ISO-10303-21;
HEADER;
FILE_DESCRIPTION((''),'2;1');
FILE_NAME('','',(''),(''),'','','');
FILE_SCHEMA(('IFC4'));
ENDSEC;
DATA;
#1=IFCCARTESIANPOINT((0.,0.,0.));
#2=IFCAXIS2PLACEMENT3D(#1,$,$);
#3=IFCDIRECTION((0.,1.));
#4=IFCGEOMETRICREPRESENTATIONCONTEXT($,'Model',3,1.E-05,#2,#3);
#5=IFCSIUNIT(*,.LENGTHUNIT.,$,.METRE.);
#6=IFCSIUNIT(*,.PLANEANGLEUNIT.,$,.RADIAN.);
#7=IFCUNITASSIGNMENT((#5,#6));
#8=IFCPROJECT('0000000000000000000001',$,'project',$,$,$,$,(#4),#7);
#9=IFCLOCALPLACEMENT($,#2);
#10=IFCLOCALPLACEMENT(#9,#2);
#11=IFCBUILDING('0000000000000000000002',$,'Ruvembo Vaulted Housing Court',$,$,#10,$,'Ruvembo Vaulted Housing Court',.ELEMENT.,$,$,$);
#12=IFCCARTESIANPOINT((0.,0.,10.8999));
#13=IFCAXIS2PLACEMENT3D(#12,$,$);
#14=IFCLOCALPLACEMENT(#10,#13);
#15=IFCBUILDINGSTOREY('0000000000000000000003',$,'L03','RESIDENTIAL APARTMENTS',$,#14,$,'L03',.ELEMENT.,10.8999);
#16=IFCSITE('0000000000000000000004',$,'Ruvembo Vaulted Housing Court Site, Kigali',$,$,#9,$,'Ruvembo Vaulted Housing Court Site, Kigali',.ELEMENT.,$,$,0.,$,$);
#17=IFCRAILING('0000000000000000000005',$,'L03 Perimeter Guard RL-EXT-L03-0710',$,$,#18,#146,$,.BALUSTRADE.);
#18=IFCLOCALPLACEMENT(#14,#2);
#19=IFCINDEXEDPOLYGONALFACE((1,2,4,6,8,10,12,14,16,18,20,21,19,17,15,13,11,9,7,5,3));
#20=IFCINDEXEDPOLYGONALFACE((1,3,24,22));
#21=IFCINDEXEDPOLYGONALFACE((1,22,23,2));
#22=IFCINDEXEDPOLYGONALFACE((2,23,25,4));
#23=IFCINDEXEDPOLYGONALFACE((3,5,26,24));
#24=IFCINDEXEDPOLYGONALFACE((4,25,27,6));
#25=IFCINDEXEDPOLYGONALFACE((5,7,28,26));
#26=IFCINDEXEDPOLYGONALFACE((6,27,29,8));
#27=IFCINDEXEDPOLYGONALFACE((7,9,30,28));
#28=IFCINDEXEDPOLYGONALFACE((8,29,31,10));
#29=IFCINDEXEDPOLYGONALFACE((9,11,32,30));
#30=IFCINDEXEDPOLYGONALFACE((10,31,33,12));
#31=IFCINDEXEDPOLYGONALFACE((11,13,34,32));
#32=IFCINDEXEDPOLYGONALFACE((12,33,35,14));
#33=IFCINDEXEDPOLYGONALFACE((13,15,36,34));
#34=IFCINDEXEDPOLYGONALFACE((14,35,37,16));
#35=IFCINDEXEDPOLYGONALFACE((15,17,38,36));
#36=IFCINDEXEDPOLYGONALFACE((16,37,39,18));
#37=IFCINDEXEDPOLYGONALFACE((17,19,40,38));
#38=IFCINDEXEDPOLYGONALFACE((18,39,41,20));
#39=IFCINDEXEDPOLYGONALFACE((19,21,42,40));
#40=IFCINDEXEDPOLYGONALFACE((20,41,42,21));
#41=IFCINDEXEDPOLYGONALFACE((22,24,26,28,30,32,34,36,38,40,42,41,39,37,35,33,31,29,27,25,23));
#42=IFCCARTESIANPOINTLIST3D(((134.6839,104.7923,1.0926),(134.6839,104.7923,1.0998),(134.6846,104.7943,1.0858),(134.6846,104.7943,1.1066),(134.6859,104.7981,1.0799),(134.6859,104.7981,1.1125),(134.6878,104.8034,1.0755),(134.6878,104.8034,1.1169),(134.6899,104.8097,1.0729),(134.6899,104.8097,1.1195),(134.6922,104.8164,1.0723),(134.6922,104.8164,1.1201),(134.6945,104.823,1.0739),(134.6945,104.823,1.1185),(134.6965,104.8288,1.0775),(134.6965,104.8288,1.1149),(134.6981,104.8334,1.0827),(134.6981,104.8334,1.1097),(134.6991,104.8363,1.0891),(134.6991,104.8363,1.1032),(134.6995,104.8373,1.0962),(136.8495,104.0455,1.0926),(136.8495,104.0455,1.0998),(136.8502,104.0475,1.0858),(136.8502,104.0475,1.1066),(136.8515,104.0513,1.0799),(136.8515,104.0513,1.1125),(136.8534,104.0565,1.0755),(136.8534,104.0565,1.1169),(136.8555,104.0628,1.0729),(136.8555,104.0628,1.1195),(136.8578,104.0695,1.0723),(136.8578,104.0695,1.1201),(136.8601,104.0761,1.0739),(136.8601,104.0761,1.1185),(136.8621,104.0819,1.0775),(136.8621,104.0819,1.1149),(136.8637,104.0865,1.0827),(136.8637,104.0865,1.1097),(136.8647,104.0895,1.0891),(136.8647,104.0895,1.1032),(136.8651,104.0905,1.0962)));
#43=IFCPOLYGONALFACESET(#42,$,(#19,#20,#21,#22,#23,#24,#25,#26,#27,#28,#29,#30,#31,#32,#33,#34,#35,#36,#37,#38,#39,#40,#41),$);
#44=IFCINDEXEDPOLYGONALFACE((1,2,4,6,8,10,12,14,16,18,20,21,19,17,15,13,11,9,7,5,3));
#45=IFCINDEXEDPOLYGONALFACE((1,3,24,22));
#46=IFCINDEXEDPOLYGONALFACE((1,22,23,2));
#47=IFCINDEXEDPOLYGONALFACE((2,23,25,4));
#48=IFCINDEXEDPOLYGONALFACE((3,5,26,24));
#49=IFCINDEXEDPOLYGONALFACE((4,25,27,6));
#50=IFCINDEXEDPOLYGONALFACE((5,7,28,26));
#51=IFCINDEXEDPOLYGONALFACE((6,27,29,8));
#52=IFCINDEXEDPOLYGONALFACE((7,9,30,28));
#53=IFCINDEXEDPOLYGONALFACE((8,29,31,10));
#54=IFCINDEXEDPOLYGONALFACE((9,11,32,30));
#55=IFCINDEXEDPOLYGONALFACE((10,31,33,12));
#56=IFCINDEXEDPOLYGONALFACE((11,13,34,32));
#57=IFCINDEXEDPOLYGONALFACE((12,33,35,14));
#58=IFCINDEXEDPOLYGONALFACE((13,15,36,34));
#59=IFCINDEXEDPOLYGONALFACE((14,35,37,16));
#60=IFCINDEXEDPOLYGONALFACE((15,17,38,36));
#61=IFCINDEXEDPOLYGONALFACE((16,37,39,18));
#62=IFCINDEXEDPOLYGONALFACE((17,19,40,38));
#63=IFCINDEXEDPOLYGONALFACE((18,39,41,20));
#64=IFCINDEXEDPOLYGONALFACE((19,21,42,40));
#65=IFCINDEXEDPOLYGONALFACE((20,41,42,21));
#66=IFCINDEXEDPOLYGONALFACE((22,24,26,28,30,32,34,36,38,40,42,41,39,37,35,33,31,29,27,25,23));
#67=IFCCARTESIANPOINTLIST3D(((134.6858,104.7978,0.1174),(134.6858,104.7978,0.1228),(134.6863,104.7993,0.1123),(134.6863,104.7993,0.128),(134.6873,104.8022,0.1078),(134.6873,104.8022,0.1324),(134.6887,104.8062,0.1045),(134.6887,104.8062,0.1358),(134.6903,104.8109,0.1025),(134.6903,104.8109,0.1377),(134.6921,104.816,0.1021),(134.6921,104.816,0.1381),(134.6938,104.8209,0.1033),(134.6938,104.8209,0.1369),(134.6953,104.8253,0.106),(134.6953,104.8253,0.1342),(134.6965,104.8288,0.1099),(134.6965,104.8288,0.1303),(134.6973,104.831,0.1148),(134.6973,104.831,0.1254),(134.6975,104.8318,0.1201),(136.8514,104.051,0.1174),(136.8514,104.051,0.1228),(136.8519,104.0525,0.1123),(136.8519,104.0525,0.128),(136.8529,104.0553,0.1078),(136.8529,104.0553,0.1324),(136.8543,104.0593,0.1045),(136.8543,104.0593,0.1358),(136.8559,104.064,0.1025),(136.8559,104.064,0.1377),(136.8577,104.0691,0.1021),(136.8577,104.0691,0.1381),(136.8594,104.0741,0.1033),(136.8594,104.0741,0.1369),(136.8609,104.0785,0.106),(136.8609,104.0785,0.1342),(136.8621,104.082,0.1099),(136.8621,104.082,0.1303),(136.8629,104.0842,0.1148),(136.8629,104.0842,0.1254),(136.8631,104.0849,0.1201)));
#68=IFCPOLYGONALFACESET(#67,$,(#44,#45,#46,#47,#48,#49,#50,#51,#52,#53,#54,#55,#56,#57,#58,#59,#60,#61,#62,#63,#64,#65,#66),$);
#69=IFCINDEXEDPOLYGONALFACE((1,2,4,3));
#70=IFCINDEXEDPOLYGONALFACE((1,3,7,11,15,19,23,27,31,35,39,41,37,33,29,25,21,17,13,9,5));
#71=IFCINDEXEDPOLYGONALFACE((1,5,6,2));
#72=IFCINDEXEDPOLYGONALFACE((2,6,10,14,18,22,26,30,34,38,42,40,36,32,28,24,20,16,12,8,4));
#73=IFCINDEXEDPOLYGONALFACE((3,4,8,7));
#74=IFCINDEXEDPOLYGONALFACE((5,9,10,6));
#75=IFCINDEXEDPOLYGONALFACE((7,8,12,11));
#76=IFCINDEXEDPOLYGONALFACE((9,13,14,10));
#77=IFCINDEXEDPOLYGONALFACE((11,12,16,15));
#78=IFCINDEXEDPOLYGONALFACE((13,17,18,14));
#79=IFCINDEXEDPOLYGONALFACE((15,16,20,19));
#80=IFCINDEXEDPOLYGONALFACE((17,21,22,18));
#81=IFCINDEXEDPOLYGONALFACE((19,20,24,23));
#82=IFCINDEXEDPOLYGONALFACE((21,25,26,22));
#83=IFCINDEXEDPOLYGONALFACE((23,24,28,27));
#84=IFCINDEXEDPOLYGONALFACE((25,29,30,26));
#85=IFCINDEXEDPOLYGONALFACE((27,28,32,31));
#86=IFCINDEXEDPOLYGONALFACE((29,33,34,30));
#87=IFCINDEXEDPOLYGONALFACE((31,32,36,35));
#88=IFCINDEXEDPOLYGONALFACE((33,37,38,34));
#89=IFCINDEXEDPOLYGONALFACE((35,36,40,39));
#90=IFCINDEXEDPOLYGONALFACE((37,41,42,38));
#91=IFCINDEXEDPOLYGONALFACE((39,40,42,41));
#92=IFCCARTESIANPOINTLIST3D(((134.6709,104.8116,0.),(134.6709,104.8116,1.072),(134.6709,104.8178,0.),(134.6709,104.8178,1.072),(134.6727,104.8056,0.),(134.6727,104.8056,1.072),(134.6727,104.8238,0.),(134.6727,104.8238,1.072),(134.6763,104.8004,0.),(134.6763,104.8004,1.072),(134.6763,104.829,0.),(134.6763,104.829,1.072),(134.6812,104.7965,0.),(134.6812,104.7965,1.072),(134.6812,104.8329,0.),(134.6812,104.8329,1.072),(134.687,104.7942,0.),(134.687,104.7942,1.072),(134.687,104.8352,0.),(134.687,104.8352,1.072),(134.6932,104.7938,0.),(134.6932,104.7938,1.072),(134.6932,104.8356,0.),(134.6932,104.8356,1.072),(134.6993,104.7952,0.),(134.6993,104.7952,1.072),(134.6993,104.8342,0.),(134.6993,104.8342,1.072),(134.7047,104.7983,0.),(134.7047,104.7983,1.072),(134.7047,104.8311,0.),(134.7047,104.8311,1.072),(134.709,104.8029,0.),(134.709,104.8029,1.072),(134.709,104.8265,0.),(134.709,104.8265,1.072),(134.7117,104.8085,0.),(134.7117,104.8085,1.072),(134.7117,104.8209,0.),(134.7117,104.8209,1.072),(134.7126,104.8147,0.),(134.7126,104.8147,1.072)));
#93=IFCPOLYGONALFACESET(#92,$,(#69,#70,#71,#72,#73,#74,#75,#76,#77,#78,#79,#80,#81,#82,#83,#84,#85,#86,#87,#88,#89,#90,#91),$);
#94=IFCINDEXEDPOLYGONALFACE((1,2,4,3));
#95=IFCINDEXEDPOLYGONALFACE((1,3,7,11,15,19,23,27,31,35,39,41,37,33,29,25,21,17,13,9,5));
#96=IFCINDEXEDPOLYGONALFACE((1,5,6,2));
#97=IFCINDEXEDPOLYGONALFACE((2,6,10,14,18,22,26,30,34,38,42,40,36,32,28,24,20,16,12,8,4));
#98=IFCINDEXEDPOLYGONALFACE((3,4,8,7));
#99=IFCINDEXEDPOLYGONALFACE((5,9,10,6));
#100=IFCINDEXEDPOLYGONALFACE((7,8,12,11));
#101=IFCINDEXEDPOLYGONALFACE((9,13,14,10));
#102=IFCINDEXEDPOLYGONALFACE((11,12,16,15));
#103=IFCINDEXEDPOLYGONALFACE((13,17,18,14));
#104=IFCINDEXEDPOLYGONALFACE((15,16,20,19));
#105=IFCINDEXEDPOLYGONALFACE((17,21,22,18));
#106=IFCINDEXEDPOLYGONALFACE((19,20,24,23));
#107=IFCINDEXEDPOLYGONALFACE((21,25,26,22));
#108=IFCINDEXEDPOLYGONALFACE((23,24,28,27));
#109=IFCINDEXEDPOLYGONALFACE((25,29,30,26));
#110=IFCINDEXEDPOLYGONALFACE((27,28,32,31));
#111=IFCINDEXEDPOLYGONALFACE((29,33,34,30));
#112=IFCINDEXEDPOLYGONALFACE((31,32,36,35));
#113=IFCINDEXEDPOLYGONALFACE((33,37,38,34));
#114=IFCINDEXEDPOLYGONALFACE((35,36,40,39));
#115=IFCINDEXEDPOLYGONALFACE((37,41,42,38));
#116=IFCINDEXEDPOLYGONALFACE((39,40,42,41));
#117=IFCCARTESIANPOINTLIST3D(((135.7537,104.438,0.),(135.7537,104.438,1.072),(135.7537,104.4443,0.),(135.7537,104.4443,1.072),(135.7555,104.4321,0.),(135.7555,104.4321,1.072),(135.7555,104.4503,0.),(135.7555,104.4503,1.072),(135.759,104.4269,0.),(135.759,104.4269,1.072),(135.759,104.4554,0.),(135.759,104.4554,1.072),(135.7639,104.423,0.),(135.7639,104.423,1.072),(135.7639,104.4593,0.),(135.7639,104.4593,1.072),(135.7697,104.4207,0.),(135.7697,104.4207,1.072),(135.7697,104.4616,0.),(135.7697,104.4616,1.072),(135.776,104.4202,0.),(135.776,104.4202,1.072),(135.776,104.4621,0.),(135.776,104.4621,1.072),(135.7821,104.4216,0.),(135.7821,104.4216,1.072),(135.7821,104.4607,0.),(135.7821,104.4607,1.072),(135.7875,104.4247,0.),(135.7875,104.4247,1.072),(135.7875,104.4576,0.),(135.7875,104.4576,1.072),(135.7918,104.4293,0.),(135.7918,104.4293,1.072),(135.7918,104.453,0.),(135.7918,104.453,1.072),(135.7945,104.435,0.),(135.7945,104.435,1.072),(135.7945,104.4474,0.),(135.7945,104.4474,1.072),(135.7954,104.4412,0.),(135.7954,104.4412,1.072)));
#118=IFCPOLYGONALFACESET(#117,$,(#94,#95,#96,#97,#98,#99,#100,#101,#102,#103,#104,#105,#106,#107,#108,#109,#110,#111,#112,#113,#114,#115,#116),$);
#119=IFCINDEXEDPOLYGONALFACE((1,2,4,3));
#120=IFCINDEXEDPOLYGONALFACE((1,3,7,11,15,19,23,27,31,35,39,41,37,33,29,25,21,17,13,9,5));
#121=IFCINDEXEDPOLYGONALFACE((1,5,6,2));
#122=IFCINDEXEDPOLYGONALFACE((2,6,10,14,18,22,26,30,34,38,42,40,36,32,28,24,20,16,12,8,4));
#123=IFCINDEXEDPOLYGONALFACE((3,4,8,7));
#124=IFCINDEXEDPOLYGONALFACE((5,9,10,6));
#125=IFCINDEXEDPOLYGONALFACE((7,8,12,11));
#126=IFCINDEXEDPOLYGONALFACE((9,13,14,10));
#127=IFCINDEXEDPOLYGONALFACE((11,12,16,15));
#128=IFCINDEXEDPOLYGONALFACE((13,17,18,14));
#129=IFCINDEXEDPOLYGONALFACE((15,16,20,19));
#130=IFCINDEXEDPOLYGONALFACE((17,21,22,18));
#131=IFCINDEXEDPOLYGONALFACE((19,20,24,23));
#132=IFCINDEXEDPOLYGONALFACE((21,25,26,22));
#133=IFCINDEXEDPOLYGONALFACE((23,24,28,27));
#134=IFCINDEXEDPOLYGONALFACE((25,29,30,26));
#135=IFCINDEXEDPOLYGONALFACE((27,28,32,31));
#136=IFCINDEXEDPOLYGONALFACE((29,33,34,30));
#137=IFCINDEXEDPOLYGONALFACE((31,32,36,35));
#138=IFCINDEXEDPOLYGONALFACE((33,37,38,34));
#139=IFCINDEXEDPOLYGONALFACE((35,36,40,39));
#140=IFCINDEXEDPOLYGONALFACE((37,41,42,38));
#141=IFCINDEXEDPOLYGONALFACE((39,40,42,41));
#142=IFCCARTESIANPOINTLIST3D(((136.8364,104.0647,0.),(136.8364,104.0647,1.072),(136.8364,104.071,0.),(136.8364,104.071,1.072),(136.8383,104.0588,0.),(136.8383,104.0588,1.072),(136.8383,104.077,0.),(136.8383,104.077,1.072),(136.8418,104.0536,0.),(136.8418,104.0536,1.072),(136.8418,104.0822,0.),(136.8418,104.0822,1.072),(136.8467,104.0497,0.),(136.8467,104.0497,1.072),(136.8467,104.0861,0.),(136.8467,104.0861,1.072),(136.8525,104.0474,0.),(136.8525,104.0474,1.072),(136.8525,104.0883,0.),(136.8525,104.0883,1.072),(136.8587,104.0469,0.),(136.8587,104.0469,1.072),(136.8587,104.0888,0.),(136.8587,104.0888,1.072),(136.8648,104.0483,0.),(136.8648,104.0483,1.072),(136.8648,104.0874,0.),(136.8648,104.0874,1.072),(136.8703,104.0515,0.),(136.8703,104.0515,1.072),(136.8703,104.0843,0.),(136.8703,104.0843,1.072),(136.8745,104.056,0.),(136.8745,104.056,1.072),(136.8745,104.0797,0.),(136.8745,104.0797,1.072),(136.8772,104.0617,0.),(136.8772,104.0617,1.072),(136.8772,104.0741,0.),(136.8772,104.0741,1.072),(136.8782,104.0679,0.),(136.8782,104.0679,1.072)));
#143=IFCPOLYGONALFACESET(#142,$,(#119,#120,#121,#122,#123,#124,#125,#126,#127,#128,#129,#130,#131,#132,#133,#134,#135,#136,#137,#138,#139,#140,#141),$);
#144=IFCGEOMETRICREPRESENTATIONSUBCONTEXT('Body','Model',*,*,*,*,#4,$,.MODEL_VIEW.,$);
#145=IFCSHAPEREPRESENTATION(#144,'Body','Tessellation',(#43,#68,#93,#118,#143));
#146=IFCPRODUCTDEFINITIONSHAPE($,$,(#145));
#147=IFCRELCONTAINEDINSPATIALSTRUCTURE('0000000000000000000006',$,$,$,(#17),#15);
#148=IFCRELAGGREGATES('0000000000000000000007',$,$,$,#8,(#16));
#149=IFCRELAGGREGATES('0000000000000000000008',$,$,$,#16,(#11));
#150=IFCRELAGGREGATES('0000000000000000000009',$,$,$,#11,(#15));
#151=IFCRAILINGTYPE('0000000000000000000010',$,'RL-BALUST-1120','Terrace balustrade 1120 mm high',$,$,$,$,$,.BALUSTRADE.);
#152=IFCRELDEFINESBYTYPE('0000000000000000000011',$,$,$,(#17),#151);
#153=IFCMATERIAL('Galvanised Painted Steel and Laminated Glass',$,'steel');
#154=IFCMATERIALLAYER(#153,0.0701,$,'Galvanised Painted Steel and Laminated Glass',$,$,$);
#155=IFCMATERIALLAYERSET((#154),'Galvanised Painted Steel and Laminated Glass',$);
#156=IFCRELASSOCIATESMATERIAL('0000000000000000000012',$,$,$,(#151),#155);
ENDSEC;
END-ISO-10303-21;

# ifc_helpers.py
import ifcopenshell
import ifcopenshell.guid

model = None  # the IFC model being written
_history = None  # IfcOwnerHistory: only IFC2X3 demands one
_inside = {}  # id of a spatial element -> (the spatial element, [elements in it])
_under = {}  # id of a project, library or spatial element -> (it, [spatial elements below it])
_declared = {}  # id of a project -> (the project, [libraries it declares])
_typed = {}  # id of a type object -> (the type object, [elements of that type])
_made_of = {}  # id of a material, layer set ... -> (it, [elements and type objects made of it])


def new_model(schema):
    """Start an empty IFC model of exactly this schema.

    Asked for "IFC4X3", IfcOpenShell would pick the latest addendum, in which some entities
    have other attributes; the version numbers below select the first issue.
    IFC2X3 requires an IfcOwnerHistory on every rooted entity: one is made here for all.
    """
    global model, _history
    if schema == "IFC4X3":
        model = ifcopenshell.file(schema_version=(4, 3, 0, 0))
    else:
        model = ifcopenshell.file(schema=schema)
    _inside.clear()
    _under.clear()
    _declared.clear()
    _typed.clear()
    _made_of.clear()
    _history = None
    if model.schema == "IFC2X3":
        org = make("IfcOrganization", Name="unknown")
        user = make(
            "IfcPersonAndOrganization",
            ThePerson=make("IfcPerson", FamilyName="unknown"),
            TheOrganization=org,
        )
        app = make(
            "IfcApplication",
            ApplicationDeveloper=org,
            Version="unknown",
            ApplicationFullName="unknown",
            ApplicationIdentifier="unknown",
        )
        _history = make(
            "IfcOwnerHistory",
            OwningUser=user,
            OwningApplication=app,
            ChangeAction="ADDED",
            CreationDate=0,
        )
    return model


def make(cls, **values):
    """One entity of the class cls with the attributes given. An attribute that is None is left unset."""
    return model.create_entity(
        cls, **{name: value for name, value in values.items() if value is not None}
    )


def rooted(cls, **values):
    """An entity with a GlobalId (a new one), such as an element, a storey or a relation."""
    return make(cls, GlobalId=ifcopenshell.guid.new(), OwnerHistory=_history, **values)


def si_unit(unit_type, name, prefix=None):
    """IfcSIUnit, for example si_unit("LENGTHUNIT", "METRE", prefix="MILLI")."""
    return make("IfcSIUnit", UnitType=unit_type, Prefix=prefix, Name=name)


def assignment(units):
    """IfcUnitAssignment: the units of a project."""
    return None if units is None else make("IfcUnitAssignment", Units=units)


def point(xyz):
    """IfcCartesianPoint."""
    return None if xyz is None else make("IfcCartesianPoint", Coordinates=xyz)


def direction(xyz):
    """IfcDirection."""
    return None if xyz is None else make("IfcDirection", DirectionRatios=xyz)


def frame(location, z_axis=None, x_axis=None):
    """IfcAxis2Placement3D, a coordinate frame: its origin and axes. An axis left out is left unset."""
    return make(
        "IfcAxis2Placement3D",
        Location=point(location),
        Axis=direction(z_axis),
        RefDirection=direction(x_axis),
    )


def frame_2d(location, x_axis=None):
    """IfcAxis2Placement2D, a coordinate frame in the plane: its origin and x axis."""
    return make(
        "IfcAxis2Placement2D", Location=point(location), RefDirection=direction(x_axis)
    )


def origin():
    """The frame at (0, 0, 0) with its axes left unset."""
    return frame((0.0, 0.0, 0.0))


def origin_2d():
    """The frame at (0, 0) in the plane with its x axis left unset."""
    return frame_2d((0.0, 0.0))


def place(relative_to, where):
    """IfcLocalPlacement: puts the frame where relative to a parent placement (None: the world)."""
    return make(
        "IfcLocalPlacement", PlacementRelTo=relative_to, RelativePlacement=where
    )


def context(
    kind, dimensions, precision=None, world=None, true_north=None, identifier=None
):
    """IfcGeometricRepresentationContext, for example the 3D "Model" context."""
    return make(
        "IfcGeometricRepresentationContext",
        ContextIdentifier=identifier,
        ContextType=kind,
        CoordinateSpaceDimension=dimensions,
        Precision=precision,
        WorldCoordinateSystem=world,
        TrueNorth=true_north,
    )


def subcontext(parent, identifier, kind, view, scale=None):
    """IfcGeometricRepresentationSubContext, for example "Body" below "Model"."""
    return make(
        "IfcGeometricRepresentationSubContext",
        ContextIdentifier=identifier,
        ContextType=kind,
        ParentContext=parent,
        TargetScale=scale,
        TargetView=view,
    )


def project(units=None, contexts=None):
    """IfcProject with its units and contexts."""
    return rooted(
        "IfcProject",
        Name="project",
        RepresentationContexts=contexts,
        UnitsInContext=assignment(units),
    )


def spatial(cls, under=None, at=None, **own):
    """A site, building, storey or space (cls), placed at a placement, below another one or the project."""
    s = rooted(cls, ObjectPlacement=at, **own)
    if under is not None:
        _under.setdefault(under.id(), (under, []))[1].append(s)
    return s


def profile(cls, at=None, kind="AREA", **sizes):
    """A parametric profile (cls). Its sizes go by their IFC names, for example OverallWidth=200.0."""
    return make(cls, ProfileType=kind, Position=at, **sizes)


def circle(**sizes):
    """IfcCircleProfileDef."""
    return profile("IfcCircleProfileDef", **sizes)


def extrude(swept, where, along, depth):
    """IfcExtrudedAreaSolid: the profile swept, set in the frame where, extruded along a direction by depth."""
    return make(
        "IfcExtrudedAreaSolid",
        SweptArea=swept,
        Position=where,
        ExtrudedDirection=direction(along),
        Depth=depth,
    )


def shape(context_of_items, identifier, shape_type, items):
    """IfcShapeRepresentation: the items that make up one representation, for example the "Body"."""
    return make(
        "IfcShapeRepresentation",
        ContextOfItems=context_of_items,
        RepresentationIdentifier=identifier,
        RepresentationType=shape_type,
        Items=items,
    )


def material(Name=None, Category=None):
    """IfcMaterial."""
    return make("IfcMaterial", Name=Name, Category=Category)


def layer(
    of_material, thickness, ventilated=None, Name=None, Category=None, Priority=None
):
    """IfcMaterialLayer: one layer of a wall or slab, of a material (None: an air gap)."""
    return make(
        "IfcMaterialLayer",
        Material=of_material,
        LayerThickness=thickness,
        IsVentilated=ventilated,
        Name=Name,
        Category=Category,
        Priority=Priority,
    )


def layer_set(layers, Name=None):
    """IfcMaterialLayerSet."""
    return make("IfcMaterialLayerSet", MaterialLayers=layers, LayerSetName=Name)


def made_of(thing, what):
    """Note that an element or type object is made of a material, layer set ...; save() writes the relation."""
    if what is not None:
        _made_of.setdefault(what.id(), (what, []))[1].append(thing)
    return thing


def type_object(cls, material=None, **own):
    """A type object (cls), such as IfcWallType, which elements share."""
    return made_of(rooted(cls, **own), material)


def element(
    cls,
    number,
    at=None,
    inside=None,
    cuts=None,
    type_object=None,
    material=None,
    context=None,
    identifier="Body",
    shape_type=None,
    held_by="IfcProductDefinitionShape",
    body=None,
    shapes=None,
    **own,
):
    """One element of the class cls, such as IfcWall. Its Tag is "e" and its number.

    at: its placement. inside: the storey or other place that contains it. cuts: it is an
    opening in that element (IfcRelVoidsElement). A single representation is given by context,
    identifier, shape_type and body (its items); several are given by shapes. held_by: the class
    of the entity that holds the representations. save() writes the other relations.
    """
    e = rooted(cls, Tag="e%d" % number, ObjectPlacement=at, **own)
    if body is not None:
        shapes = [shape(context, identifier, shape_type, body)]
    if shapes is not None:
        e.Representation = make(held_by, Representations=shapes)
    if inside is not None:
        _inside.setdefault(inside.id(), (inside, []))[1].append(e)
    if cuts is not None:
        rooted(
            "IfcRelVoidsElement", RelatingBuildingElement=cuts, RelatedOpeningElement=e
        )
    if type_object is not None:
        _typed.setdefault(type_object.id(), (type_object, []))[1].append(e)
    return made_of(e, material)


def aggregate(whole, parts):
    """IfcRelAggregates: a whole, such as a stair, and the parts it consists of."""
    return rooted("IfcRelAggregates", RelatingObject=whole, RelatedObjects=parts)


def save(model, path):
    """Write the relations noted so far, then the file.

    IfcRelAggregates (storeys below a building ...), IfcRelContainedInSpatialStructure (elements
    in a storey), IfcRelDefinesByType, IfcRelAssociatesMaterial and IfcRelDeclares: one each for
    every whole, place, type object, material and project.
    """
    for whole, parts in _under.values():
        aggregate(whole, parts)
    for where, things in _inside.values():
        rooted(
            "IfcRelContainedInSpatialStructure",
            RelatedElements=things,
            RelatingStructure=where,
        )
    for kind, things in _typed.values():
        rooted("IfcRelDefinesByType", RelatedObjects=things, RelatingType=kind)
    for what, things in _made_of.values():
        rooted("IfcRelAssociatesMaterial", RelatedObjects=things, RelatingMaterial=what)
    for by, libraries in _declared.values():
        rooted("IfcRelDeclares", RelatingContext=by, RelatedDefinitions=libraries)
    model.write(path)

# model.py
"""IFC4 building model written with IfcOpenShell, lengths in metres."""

from ifc_helpers import new_model, si_unit, direction, frame, origin, origin_2d, place, context, subcontext, project, spatial, circle, extrude, material, layer, layer_set, type_object, element, save


model = new_model("IFC4")

# Units and contexts
model_context = context("Model", 3, precision=1e-05, world=origin(), true_north=direction((0.0, 1.0)))
body_context = subcontext(model_context, "Body", "Model", "MODEL_VIEW")
ifc_project = project(units=[si_unit("LENGTHUNIT", "METRE"), si_unit("PLANEANGLEUNIT", "RADIAN")], contexts=[model_context])

# Site, building, storey
site_placement = place(None, origin())
site = spatial("IfcSite", under=ifc_project, at=site_placement, Name="Ruvembo Vaulted Housing Court Site, Kigali", LongName="Ruvembo Vaulted Housing Court Site, Kigali", CompositionType="ELEMENT", RefElevation=0.0)
building_placement = place(site_placement, origin())
building = spatial("IfcBuilding", under=site, at=building_placement, Name="Ruvembo Vaulted Housing Court", LongName="Ruvembo Vaulted Housing Court", CompositionType="ELEMENT")
storey_placement = place(building_placement, frame((0.0, 0.0, 10.8999)))
storey = spatial("IfcBuildingStorey", under=building, at=storey_placement, Name="L03", Description="RESIDENTIAL APARTMENTS", LongName="L03", CompositionType="ELEMENT", Elevation=10.8999)

# Railing
ifc_material_1 = material(Name="Galvanised Painted Steel and Laminated Glass", Category="steel")
ifc_layer_1 = layer(ifc_material_1, 0.0701, Name="Galvanised Painted Steel and Laminated Glass")
ifc_layer_set_1 = layer_set([ifc_layer_1], Name="Galvanised Painted Steel and Laminated Glass")
railing_type = type_object("IfcRailingType", Name="RL-BALUST-1120", Description="Terrace balustrade 1120 mm high", PredefinedType="BALUSTRADE", material=ifc_layer_set_1)
railing_1_placement = place(storey_placement, frame((134.6917, 104.8147, 0.0)))
element("IfcRailing", 1, at=railing_1_placement, inside=storey, type_object=railing_type, Name="L03 Perimeter Guard RL-EXT-L03-0710", PredefinedType="BALUSTRADE", context=body_context, shape_type="SweptSolid", body=[
    extrude(circle(Radius=0.0239, at=origin_2d()), frame((0.0, 0.0, 1.0962), z_axis=(0.945361, -0.326027, 0.0), x_axis=(0.326027, 0.945361, 0.0)), (0.0, 0.0, 1.0), 2.2908),
    extrude(circle(Radius=0.0181, at=origin_2d()), frame((0.0, 0.0, 0.1201), z_axis=(0.945361, -0.326027, 0.0), x_axis=(0.326027, 0.945361, 0.0)), (0.0, 0.0, 1.0), 2.2908),
    extrude(circle(Radius=0.021, at=origin_2d()), origin(), (0.0, 0.0, 1.0), 1.072),
    extrude(circle(Radius=0.021, at=origin_2d()), frame((1.0828, -0.3735, 0.0)), (0.0, 0.0, 1.0), 1.072),
    extrude(circle(Radius=0.021, at=origin_2d()), frame((2.1655, -0.7468, 0.0)), (0.0, 0.0, 1.0), 1.072),
])

save(model, "model.ifc")
